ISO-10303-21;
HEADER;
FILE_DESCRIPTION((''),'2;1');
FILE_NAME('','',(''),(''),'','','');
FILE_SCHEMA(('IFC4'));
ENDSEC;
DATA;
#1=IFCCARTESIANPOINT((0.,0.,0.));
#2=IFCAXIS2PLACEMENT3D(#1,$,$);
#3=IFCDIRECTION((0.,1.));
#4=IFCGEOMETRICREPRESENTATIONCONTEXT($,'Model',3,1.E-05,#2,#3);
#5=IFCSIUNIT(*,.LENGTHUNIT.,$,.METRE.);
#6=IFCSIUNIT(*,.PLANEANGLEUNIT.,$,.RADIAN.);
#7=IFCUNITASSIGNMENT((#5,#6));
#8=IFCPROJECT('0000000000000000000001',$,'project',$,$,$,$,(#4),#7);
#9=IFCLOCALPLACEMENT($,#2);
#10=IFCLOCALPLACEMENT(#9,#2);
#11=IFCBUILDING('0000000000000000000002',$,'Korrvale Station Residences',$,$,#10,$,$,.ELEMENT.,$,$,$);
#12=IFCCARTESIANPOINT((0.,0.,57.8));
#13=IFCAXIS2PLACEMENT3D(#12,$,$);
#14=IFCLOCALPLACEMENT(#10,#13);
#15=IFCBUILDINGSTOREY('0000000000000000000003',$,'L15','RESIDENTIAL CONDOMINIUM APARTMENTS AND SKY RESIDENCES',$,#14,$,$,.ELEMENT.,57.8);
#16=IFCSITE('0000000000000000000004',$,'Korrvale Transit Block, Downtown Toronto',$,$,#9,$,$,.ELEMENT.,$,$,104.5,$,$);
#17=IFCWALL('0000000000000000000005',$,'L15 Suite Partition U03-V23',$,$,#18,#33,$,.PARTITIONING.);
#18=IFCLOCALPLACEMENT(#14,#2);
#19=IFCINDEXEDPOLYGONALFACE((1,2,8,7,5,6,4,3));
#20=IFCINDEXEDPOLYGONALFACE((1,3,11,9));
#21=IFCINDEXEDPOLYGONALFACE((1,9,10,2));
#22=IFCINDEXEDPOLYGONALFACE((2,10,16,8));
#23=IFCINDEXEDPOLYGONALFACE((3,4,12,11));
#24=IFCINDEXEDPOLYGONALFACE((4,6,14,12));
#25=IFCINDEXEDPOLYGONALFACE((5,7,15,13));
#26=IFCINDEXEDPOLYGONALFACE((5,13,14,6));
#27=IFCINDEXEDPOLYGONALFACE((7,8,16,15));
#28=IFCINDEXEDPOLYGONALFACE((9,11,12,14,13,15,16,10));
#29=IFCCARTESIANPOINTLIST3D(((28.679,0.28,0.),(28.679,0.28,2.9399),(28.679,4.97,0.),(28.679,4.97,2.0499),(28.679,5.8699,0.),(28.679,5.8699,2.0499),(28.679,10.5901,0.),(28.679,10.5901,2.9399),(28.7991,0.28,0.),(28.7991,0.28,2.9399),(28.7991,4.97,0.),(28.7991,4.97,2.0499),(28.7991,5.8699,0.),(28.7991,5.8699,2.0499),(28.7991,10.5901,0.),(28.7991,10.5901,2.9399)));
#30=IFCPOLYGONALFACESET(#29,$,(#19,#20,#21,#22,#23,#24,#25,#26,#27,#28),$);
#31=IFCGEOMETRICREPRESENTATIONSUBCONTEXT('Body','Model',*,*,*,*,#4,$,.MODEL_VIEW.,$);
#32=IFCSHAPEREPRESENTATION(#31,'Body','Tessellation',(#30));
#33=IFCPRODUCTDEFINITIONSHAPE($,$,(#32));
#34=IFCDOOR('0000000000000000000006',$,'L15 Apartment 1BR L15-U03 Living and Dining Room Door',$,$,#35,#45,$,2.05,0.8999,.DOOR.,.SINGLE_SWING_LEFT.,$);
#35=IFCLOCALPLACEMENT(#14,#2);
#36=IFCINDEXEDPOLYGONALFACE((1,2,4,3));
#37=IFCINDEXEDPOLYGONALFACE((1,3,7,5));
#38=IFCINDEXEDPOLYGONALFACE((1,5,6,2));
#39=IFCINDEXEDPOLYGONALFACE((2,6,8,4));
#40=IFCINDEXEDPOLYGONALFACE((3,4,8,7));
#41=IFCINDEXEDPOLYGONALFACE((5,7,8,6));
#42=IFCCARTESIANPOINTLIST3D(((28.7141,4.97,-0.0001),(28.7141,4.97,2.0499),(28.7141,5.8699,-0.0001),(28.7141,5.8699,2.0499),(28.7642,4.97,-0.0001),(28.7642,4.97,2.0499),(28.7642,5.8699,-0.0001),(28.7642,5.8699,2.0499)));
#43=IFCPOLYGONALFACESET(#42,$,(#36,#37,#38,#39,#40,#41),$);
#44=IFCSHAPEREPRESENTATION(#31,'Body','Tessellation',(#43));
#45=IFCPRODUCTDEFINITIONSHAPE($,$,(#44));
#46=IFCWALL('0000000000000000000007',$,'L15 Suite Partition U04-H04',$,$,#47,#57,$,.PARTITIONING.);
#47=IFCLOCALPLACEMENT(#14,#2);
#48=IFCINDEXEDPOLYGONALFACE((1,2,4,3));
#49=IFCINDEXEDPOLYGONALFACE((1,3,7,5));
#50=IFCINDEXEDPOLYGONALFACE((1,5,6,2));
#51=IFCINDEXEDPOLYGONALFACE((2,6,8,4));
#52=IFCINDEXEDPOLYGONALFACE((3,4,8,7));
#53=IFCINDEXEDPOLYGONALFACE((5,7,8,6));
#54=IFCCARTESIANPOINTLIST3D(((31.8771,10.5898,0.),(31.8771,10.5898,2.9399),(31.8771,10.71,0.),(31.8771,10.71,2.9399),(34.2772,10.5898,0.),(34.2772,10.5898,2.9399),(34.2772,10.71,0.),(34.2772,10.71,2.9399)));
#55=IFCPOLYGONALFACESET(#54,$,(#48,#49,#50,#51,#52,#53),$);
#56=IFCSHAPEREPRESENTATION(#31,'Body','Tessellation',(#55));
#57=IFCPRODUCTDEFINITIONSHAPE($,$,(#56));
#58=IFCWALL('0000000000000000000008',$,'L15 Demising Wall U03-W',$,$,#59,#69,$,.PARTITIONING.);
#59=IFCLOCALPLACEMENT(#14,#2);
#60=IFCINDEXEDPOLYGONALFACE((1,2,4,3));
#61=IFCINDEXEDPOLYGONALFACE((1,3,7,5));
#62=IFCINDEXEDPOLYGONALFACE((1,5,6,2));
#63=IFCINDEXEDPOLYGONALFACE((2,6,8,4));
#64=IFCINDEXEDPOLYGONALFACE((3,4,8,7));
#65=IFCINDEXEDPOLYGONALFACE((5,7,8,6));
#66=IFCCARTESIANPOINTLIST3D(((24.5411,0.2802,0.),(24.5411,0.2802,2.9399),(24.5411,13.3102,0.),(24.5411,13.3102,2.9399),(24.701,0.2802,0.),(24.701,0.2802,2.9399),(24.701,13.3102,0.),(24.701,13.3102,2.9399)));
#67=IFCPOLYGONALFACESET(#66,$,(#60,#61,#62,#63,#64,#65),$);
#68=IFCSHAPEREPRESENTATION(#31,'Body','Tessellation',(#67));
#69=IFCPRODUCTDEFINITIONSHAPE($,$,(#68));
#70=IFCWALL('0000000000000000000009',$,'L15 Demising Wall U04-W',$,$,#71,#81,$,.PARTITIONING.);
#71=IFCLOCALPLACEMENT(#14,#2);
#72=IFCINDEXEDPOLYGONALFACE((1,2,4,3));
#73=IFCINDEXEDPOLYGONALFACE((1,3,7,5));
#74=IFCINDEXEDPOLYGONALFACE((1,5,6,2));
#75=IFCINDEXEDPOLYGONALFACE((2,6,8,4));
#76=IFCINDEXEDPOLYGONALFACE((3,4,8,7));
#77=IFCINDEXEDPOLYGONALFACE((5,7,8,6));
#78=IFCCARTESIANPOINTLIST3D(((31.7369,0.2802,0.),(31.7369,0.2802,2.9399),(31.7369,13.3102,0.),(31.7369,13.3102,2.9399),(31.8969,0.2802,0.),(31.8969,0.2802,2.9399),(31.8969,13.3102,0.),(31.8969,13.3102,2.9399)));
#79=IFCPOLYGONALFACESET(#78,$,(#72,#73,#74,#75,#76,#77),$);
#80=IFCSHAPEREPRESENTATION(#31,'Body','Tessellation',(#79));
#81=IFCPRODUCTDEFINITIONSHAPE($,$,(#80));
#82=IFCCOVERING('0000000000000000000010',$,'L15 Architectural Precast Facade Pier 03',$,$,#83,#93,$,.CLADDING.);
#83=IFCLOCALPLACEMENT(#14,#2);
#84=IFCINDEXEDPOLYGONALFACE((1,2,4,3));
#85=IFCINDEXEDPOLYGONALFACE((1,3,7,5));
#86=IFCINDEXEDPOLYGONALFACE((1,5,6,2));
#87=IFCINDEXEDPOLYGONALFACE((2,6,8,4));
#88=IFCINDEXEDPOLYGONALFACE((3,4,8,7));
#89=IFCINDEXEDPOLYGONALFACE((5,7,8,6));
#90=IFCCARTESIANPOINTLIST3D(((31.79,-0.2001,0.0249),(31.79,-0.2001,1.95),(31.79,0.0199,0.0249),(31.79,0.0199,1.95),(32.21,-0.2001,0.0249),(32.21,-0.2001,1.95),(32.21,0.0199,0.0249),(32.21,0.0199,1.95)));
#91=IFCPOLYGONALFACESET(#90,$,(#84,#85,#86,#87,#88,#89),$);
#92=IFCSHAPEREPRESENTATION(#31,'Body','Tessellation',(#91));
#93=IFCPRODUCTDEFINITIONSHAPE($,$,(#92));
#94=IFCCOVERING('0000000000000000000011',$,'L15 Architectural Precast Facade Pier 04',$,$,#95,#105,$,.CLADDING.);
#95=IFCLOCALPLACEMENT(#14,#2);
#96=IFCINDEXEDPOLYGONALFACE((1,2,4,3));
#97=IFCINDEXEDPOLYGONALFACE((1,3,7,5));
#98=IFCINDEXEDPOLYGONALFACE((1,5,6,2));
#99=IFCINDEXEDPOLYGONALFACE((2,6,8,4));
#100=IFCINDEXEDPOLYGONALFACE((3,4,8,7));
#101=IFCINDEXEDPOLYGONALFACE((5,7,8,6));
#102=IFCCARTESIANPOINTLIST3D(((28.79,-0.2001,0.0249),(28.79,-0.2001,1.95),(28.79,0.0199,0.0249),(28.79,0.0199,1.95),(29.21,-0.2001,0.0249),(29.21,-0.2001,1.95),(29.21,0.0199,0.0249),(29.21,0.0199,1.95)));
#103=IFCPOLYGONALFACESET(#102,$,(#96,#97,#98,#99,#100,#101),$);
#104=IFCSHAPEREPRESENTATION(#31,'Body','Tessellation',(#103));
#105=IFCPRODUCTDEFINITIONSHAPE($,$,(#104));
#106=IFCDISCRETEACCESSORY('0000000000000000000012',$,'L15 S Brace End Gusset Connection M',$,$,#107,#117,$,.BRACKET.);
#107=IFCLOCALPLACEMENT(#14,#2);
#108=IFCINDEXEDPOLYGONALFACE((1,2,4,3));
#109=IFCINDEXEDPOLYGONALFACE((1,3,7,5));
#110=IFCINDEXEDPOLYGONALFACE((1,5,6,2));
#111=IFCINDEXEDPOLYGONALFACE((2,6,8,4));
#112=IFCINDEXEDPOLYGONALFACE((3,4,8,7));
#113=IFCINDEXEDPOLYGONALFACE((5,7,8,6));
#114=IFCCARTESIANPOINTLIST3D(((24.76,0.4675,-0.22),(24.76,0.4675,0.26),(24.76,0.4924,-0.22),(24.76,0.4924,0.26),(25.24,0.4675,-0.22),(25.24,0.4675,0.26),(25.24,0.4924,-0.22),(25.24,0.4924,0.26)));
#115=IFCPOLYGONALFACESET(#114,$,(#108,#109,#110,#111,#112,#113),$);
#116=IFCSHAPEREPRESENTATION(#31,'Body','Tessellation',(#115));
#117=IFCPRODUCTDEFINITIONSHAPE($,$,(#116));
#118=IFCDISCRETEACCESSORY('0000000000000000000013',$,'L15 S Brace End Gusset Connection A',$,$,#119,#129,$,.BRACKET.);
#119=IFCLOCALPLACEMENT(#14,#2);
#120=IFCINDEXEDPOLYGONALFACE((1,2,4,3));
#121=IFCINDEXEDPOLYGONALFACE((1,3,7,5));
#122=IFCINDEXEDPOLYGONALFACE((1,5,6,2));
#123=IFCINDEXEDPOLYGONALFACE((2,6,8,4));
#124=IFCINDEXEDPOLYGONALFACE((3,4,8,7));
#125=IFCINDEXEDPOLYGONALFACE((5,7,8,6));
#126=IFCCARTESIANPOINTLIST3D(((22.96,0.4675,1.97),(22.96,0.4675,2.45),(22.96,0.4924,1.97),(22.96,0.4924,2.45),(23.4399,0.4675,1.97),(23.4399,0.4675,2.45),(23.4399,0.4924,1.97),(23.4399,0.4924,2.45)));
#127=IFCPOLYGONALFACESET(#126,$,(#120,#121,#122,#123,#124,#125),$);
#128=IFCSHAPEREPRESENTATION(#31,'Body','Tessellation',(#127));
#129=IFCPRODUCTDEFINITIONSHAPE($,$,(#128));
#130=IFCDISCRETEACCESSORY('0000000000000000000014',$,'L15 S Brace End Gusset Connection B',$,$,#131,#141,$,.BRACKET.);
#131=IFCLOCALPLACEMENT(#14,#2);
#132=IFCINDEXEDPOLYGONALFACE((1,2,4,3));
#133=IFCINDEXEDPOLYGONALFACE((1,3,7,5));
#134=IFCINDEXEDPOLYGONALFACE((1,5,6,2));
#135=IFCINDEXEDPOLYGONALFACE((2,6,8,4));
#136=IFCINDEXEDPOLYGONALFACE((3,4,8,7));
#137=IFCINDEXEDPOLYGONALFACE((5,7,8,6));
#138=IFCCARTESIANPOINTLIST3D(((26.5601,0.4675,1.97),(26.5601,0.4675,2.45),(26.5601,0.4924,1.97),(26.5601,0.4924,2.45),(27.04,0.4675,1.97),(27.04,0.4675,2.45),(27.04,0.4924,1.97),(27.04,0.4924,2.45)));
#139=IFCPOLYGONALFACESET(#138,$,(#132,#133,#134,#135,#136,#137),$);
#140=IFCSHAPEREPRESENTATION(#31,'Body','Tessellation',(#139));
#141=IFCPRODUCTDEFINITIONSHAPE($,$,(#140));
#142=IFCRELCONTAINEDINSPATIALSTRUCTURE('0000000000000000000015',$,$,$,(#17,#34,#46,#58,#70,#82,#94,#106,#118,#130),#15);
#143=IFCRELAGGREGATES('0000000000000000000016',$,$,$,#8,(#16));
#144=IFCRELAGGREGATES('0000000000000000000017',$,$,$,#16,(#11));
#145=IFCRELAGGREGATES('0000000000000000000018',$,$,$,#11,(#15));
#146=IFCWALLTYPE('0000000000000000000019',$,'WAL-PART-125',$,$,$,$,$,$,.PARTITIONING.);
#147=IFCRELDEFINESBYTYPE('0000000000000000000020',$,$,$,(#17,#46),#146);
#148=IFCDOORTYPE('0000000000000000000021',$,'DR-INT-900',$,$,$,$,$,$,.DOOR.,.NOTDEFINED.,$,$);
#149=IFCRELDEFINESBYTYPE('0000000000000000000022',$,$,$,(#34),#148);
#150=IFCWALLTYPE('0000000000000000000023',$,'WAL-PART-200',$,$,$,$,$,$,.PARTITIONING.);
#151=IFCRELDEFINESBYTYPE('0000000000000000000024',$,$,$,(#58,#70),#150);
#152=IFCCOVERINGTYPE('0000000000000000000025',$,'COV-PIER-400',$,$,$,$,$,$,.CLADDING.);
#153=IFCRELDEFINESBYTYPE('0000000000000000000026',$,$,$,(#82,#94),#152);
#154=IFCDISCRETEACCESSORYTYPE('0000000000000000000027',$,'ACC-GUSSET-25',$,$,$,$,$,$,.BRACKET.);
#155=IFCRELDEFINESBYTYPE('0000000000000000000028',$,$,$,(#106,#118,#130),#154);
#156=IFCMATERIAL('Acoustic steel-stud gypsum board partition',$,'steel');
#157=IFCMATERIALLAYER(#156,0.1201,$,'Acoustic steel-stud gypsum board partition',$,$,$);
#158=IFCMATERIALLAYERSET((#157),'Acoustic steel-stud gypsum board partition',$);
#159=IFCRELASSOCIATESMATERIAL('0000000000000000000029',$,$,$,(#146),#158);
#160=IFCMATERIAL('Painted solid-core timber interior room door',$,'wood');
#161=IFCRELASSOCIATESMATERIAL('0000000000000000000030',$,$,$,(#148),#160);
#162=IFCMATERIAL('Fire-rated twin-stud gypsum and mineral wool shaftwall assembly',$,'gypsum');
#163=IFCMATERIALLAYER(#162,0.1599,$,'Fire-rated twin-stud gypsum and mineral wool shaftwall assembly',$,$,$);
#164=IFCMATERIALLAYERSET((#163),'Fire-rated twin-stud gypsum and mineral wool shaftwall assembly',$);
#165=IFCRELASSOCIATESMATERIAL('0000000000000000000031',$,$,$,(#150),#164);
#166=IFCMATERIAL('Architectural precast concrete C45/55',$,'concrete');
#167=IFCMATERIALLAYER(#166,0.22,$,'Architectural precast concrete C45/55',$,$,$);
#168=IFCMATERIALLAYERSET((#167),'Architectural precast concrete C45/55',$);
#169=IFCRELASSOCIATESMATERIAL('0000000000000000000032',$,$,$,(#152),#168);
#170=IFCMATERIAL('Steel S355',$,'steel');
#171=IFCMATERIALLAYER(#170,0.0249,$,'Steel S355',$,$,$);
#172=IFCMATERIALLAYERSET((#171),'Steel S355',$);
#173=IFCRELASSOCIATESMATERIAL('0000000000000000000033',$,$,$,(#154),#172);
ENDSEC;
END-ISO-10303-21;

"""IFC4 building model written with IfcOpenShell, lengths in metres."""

from ifc_helpers import new_model, si_unit, direction, frame, frame_2d, origin, origin_2d, place, context, subcontext, project, spatial, rectangle, extrude, material, layer, layer_set, type_object, element, fill, save


model = new_model("IFC4")

# Units and contexts
model_context = context("Model", 3, precision=1e-05, world=origin(), true_north=direction((0.0, 1.0)))
body_context = subcontext(model_context, "Body", "Model", "MODEL_VIEW")
ifc_project = project(units=[si_unit("LENGTHUNIT", "METRE"), si_unit("PLANEANGLEUNIT", "RADIAN")], contexts=[model_context])

# Site, building, storey
site_placement = place(None, origin())
site = spatial("IfcSite", under=ifc_project, at=site_placement, Name="Korrvale Transit Block, Downtown Toronto", CompositionType="ELEMENT", RefElevation=104.5)
building_placement = place(site_placement, origin())
building = spatial("IfcBuilding", under=site, at=building_placement, Name="Korrvale Station Residences", CompositionType="ELEMENT")
storey_placement = place(building_placement, frame((0.0, 0.0, 57.8)))
storey = spatial("IfcBuildingStorey", under=building, at=storey_placement, Name="L15", Description="RESIDENTIAL CONDOMINIUM APARTMENTS AND SKY RESIDENCES", CompositionType="ELEMENT", Elevation=57.8)

# Shared definitions
ifc_material_1 = material(Name="Steel S355", Category="steel")

# Shared definitions
ifc_material_2 = material(Name="Acoustic steel-stud gypsum board partition", Category="steel")
ifc_layer_1 = layer(ifc_material_2, 0.1201, Name="Acoustic steel-stud gypsum board partition")
ifc_layer_set_1 = layer_set([ifc_layer_1], Name="Acoustic steel-stud gypsum board partition")
wall_type_1 = type_object("IfcWallType", Name="WAL-PART-125", PredefinedType="PARTITIONING", material=ifc_layer_set_1)

# Wall, opening, door
ifc_material_3 = material(Name="Painted solid-core timber interior room door", Category="wood")
door_type_1 = type_object("IfcDoorType", Name="DR-INT-900", OperationType="NOTDEFINED", PredefinedType="DOOR", material=ifc_material_3)
wall_1_placement = place(storey_placement, frame((28.739, 0.28, 0.0), z_axis=(0.0, 0.0, 1.0), x_axis=(0.0, 1.0, 0.0)))
wall_1 = element("IfcWall", 1, at=wall_1_placement, inside=storey, type_object=wall_type_1, Name="L15 Suite Partition U03-V23", PredefinedType="PARTITIONING", context=body_context, shape_type="SweptSolid", body=[
    extrude(rectangle(XDim=10.3101, YDim=0.1201, at=frame_2d((5.155, 0.0))), origin(), (0.0, 0.0, 1.0), 2.9399),
])
opening_1_placement = place(wall_1_placement, frame((4.6899, 0.0, 0.0)))
opening_1 = element("IfcOpeningElement", 2, at=opening_1_placement, cuts=wall_1, PredefinedType="OPENING", context=body_context, shape_type="SweptSolid", body=[
    extrude(rectangle(XDim=0.8999, YDim=2.05, at=frame_2d((0.45, 1.0249))), frame((0.0, 0.0701, 0.0), z_axis=(0.0, -1.0, 0.0), x_axis=(1.0, 0.0, 0.0)), (0.0, 0.0, 1.0), 0.1401),
])
door_1_placement = place(opening_1_placement, origin())
door_1 = element("IfcDoor", 3, at=door_1_placement, inside=storey, type_object=door_type_1, Name="L15 Apartment 1BR L15-U03 Living and Dining Room Door", OperationType="SINGLE_SWING_LEFT", OverallHeight=2.05, OverallWidth=0.8999, PredefinedType="DOOR", context=body_context, shape_type="SweptSolid", body=[
    extrude(rectangle(XDim=0.8999, YDim=2.05, at=frame_2d((0.45, 1.0249))), frame((0.0, 0.0249, 0.0), z_axis=(0.0, -1.0, 0.0), x_axis=(1.0, 0.0, 0.0)), (0.0, 0.0, 1.0), 0.05),
])
fill(opening_1, door_1)

# Walls
wall_2_placement = place(storey_placement, frame((31.877, 10.6499, 0.0), z_axis=(0.0, 0.0, 1.0), x_axis=(1.0, 0.0, 0.0)))
element("IfcWall", 4, at=wall_2_placement, inside=storey, type_object=wall_type_1, Name="L15 Suite Partition U04-H04", PredefinedType="PARTITIONING", context=body_context, shape_type="SweptSolid", body=[
    extrude(rectangle(XDim=2.4001, YDim=0.1201, at=frame_2d((1.2002, 0.0))), origin(), (0.0, 0.0, 1.0), 2.9399),
])
ifc_material_4 = material(Name="Fire-rated twin-stud gypsum and mineral wool shaftwall assembly", Category="gypsum")
ifc_layer_2 = layer(ifc_material_4, 0.1599, Name="Fire-rated twin-stud gypsum and mineral wool shaftwall assembly")
ifc_layer_set_2 = layer_set([ifc_layer_2], Name="Fire-rated twin-stud gypsum and mineral wool shaftwall assembly")
wall_type_2 = type_object("IfcWallType", Name="WAL-PART-200", PredefinedType="PARTITIONING", material=ifc_layer_set_2)
for number, where, z_axis, x_axis, name in (
    (5, (24.6211, 0.28, 0.0), (0.0, 0.0, 1.0), (0.0, 1.0, 0.0), "L15 Demising Wall U03-W"),
    (6, (31.8169, 0.28, 0.0), (0.0, 0.0, 1.0), (0.0, 1.0, 0.0), "L15 Demising Wall U04-W"),
):
    element("IfcWall", number, at=place(storey_placement, frame(where, z_axis=z_axis, x_axis=x_axis)), inside=storey, type_object=wall_type_2, Name=name, PredefinedType="PARTITIONING", context=body_context, shape_type="SweptSolid", body=[
        extrude(rectangle(XDim=13.03, YDim=0.1599, at=frame_2d((6.5151, 0.0))), origin(), (0.0, 0.0, 1.0), 2.9399),
    ])

# Coverings
ifc_material_5 = material(Name="Architectural precast concrete C45/55", Category="concrete")
ifc_layer_3 = layer(ifc_material_5, 0.22, Name="Architectural precast concrete C45/55")
ifc_layer_set_3 = layer_set([ifc_layer_3], Name="Architectural precast concrete C45/55")
covering_type = type_object("IfcCoveringType", Name="COV-PIER-400", PredefinedType="CLADDING", material=ifc_layer_set_3)
for number, where, z_axis, x_axis, name in (
    (7, (32.0, -0.0901, 0.0249), (0.0, 0.0, 1.0), (1.0, 0.0, 0.0), "L15 Architectural Precast Facade Pier 03"),
    (8, (29.0, -0.0901, 0.0249), (0.0, 0.0, 1.0), (1.0, 0.0, 0.0), "L15 Architectural Precast Facade Pier 04"),
):
    element("IfcCovering", number, at=place(storey_placement, frame(where, z_axis=z_axis, x_axis=x_axis)), inside=storey, type_object=covering_type, Name=name, PredefinedType="CLADDING", context=body_context, shape_type="SweptSolid", body=[
        extrude(rectangle(XDim=0.4199, YDim=0.22, at=origin_2d()), origin(), (0.0, 0.0, 1.0), 1.925),
    ])

# Discrete accessories
ifc_layer_4 = layer(ifc_material_1, 0.0249, Name="Steel S355")
ifc_layer_set_4 = layer_set([ifc_layer_4], Name="Steel S355")
discrete_accessory_type = type_object("IfcDiscreteAccessoryType", Name="ACC-GUSSET-25", PredefinedType="BRACKET", material=ifc_layer_set_4)
for number, where, z_axis, x_axis, name in (
    (9, (25.0, 0.48, -0.22), (0.0, 0.0, 1.0), (1.0, 0.0, 0.0), "L15 S Brace End Gusset Connection M"),
    (10, (23.2, 0.48, 1.97), (0.0, 0.0, 1.0), (1.0, 0.0, 0.0), "L15 S Brace End Gusset Connection A"),
    (11, (26.8, 0.48, 1.97), (0.0, 0.0, 1.0), (1.0, 0.0, 0.0), "L15 S Brace End Gusset Connection B"),
):
    element("IfcDiscreteAccessory", number, at=place(storey_placement, frame(where, z_axis=z_axis, x_axis=x_axis)), inside=storey, type_object=discrete_accessory_type, Name=name, PredefinedType="BRACKET", context=body_context, shape_type="SweptSolid", body=[
        extrude(rectangle(XDim=0.48, YDim=0.0249, at=origin_2d()), origin(), (0.0, 0.0, 1.0), 0.48),
    ])

save(model, "model.ifc")
